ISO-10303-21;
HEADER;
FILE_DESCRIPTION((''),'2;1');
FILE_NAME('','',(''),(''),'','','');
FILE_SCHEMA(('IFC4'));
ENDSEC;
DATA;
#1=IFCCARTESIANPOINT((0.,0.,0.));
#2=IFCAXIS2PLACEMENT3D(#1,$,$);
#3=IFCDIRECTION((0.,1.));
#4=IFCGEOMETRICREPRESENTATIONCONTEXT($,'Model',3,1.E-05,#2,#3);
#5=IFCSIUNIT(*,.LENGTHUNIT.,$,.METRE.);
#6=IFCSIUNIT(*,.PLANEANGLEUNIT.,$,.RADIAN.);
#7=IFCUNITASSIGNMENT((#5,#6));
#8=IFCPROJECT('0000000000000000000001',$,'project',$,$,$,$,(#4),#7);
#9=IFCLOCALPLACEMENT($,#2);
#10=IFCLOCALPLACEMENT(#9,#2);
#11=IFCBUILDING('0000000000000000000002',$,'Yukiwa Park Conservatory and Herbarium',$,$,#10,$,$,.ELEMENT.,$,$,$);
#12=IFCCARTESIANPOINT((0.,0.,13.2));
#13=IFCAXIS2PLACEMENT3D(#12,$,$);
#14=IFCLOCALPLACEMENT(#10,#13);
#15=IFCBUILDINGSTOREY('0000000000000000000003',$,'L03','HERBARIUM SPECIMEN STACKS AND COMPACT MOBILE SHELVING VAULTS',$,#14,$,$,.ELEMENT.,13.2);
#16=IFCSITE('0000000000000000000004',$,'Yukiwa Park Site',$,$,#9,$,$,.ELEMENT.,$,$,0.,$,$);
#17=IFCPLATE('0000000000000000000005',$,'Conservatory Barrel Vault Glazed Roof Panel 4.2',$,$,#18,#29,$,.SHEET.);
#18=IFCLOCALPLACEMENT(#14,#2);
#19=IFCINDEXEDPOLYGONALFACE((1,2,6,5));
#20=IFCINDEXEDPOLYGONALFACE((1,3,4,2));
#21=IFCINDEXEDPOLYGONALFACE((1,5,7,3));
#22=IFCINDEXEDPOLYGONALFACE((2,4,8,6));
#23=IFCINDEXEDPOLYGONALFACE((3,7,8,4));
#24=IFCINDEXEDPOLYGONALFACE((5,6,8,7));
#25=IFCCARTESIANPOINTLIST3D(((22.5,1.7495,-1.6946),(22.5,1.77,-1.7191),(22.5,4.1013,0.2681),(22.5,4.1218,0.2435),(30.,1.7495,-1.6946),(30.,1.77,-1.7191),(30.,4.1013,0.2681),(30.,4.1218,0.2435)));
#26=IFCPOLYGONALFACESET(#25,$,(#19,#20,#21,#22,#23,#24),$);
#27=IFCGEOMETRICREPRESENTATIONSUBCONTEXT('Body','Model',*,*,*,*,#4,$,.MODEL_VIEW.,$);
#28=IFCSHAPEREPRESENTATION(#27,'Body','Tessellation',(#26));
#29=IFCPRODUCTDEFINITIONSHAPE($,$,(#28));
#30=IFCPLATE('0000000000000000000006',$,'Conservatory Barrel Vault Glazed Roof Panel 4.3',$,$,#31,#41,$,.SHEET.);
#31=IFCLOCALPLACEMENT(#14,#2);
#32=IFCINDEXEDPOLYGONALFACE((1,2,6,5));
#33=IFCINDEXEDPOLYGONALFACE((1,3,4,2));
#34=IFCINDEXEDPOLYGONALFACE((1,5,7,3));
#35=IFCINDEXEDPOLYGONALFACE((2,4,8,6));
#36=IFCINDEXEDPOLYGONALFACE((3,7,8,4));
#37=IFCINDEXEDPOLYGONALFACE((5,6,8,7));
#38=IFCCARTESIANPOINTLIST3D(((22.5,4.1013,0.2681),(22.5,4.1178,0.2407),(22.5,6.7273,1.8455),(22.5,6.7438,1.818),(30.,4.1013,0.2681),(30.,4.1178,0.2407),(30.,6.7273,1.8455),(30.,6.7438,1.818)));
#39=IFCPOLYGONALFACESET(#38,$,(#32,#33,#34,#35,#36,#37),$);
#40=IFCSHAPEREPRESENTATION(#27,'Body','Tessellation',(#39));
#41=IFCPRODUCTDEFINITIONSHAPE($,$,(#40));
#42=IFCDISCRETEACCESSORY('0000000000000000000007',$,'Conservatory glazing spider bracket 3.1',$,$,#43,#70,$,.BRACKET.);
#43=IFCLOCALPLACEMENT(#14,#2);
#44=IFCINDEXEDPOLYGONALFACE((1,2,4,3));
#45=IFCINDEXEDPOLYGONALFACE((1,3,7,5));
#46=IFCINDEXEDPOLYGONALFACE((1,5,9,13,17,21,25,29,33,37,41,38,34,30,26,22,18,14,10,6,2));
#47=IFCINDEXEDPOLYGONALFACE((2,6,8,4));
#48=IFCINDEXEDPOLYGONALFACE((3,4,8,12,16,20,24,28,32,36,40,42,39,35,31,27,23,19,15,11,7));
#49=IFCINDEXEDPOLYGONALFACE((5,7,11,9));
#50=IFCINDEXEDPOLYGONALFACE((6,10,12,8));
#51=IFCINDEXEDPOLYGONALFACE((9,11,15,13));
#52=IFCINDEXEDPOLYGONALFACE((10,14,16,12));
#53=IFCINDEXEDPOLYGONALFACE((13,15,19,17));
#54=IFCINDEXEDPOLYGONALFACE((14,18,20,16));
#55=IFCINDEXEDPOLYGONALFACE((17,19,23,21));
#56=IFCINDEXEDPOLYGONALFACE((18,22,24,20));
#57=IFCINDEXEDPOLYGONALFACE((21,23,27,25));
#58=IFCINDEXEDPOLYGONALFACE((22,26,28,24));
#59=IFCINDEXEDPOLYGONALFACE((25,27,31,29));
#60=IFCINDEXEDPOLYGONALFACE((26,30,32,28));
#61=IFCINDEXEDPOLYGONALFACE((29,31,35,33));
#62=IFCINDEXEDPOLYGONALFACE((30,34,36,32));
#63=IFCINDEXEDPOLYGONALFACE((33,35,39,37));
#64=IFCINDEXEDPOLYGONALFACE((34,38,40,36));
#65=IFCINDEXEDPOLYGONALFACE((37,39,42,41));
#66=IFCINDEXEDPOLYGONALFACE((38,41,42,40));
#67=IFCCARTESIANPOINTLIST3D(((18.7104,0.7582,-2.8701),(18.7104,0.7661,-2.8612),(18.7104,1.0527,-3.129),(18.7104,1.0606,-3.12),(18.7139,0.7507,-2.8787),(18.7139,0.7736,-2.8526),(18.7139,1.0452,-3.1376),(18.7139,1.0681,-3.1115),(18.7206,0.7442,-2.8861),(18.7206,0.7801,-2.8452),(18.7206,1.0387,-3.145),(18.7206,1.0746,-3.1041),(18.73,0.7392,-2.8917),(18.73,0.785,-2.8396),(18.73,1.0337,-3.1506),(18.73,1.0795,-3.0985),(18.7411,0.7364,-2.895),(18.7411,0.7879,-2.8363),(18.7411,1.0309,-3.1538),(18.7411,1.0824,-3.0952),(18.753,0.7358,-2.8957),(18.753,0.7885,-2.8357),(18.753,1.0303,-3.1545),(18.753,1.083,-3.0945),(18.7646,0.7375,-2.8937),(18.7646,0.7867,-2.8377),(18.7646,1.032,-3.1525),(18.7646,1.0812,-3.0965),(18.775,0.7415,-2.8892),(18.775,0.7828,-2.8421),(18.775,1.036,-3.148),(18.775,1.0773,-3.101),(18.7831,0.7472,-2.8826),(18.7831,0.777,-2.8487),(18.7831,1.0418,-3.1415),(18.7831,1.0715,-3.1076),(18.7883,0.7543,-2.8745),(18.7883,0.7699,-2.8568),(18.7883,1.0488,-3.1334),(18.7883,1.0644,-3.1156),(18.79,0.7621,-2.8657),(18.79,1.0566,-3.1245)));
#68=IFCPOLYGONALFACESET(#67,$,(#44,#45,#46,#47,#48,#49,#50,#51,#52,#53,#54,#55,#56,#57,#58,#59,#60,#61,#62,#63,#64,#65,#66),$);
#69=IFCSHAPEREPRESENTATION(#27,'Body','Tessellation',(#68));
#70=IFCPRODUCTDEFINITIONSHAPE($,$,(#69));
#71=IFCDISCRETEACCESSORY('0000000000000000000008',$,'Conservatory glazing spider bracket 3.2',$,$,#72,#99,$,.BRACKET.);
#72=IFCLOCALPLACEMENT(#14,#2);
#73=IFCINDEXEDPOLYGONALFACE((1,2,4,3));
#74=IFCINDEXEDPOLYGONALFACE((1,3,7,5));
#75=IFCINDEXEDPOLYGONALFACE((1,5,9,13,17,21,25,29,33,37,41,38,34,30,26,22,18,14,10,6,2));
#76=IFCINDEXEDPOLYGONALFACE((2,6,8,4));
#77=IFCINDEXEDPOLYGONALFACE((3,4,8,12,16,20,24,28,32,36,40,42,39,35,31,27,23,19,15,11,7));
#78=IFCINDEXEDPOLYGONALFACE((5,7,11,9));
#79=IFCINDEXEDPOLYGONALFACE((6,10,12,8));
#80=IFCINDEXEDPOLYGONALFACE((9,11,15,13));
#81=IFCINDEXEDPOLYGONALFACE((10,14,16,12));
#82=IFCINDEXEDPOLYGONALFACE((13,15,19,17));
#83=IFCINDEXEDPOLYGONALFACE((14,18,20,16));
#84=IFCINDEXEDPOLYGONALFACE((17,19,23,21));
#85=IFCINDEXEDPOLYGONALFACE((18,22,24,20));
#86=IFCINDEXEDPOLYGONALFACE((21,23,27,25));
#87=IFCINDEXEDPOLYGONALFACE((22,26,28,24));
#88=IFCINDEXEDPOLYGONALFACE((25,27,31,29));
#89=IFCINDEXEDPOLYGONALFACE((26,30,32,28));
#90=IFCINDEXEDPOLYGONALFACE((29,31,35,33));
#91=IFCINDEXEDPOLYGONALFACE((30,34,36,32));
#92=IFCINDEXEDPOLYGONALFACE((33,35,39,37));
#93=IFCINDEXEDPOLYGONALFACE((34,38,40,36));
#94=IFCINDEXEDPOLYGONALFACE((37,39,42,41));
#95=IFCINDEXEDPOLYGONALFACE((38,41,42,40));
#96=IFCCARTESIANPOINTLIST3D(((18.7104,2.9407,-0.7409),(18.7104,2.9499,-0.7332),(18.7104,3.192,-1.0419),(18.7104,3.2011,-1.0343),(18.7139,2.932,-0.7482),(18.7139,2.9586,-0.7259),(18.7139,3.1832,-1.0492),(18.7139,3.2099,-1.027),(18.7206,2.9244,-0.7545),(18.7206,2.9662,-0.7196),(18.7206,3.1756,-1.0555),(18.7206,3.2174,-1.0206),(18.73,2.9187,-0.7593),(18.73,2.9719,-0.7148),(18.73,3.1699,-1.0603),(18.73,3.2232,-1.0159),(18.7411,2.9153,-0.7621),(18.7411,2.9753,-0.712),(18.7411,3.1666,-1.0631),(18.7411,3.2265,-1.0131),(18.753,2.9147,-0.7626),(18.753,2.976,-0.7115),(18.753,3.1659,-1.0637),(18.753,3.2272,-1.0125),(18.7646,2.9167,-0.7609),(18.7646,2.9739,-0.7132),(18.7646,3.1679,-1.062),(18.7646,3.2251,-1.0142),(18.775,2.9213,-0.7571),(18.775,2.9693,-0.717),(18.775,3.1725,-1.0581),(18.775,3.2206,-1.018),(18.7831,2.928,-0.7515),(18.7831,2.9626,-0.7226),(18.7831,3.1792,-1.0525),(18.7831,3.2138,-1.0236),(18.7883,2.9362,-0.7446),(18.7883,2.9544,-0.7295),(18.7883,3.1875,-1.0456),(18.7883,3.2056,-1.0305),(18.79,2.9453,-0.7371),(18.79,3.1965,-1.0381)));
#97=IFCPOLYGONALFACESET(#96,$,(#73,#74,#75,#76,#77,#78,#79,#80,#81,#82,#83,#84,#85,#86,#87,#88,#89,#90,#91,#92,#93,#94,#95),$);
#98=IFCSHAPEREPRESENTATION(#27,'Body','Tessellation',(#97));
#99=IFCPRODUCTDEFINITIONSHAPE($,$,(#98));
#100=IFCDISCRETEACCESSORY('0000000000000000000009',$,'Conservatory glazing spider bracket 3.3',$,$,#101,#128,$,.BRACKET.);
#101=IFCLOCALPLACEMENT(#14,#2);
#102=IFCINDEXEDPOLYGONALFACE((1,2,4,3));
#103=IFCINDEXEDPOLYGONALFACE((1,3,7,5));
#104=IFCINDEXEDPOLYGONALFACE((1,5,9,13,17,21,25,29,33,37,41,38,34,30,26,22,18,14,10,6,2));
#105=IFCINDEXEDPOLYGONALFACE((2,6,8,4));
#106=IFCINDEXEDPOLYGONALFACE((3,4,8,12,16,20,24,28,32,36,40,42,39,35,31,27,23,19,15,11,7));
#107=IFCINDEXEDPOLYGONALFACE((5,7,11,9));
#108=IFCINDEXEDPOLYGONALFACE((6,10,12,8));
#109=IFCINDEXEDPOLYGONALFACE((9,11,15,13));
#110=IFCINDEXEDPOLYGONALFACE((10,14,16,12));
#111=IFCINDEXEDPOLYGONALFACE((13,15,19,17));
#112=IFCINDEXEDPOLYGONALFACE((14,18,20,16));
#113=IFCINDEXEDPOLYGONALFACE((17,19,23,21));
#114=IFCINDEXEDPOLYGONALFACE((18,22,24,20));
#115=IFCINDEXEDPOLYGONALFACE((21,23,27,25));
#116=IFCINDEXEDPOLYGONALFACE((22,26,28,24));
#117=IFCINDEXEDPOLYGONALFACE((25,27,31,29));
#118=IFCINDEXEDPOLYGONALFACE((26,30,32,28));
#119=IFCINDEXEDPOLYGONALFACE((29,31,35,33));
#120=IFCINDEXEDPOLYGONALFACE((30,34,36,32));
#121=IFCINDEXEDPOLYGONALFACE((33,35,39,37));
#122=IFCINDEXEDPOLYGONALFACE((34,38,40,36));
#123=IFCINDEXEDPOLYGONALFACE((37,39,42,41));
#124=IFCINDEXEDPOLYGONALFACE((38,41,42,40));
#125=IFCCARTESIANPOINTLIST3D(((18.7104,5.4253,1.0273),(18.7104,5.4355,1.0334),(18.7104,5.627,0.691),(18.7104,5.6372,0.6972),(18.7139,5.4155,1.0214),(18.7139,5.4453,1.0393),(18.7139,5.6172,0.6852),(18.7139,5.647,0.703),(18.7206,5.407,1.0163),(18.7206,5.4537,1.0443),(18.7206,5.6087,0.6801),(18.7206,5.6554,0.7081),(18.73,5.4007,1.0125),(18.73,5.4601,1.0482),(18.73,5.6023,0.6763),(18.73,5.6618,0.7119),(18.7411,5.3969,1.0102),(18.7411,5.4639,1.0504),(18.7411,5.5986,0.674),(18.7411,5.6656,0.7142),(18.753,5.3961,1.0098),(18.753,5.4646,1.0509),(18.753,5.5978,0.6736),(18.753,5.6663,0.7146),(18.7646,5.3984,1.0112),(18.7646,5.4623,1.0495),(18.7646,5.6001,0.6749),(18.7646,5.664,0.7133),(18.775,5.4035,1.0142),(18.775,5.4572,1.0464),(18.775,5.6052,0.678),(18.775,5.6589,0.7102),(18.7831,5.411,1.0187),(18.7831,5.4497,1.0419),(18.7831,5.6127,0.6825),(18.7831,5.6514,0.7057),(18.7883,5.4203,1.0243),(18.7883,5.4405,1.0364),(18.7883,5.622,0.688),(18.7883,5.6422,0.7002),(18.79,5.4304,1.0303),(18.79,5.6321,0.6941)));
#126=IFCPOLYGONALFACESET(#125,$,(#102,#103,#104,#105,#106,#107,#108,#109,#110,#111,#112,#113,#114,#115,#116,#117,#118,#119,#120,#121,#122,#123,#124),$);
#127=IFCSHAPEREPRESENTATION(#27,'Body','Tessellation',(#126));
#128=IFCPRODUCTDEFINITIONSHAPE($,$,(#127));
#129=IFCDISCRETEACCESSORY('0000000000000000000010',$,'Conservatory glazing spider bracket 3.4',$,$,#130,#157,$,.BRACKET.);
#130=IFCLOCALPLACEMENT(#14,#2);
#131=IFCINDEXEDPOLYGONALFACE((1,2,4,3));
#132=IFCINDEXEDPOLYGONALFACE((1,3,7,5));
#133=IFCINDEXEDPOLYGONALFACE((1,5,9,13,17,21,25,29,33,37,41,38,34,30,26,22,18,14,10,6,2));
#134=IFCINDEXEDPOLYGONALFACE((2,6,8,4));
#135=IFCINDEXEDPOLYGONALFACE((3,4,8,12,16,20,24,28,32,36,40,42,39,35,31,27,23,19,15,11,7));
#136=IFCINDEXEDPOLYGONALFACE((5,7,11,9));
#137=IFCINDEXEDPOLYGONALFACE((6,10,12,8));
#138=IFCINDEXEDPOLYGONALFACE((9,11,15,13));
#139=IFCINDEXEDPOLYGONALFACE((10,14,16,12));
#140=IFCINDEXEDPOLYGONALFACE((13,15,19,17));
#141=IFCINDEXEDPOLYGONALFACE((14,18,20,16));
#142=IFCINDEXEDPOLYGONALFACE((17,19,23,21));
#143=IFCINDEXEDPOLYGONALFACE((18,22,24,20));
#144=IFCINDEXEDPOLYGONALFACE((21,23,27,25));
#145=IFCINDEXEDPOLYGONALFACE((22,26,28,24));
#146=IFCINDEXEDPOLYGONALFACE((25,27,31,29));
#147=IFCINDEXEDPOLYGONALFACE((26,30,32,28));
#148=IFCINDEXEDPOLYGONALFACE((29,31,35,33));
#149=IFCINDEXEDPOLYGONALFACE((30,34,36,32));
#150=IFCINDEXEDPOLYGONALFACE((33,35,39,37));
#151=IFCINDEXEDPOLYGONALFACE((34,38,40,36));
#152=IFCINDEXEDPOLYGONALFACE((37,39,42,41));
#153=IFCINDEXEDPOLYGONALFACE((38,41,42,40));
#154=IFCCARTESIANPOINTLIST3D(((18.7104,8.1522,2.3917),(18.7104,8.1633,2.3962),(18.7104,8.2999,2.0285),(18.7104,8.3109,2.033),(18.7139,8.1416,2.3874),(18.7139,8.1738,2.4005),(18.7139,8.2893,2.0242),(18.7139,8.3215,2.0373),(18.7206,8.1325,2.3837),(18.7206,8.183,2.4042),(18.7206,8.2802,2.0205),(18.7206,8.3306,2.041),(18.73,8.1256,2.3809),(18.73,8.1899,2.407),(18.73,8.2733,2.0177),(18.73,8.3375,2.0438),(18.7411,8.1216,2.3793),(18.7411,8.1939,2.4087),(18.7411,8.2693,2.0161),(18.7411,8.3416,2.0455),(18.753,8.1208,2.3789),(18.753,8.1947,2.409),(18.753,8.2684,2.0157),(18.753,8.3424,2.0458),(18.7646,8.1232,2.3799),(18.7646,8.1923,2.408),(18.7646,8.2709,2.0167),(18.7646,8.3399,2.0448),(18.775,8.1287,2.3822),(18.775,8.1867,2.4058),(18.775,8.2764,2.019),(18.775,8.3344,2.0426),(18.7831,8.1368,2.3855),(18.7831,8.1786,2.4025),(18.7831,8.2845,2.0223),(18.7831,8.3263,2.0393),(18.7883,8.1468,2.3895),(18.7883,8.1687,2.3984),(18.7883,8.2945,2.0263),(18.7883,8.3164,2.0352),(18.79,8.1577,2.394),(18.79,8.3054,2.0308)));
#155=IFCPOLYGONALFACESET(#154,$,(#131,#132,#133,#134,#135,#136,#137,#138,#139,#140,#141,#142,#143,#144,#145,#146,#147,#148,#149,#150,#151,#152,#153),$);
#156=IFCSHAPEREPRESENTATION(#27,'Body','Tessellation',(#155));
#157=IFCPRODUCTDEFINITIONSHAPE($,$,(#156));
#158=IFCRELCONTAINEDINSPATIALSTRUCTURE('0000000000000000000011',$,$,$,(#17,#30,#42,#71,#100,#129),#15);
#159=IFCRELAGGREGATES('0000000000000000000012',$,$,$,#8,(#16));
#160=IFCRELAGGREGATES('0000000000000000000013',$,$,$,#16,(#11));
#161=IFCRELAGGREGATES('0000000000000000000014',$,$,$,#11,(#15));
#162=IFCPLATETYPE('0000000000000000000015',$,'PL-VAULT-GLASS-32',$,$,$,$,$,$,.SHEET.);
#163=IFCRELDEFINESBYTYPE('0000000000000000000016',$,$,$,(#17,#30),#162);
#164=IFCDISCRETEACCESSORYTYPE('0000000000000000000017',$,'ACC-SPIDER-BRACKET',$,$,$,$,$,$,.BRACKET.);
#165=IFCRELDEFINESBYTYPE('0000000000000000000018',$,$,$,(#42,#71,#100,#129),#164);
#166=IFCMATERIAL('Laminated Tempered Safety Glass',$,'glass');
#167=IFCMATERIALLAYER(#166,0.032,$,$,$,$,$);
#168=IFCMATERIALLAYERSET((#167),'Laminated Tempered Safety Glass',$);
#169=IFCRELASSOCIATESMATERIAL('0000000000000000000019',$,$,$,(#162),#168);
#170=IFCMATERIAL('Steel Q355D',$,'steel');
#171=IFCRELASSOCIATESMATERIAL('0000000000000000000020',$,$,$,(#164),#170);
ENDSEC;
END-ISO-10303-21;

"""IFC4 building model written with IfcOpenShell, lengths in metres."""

from ifc_helpers import new_model, si_unit, direction, frame, origin, origin_2d, place, context, subcontext, project, spatial, polyline, circle, outline, extrude, material, layer, layer_set, type_object, element, save


model = new_model("IFC4")

# Units and contexts
model_context = context("Model", 3, precision=1e-05, world=origin(), true_north=direction((0.0, 1.0)))
body_context = subcontext(model_context, "Body", "Model", "MODEL_VIEW")
ifc_project = project(units=[si_unit("LENGTHUNIT", "METRE"), si_unit("PLANEANGLEUNIT", "RADIAN")], contexts=[model_context])

# Site, building, storey
site_placement = place(None, origin())
site = spatial("IfcSite", under=ifc_project, at=site_placement, Name="Yukiwa Park Site", CompositionType="ELEMENT", RefElevation=0.0)
building_placement = place(site_placement, origin())
building = spatial("IfcBuilding", under=site, at=building_placement, Name="Yukiwa Park Conservatory and Herbarium", CompositionType="ELEMENT")
storey_placement = place(building_placement, frame((0.0, 0.0, 13.2)))
storey = spatial("IfcBuildingStorey", under=building, at=storey_placement, Name="L03", Description="HERBARIUM SPECIMEN STACKS AND COMPACT MOBILE SHELVING VAULTS", CompositionType="ELEMENT", Elevation=13.2)

# Plates
ifc_material_1 = material(Name="Laminated Tempered Safety Glass", Category="glass")
ifc_layer_1 = layer(ifc_material_1, 0.032)
ifc_layer_set_1 = layer_set([ifc_layer_1], Name="Laminated Tempered Safety Glass")
plate_type_1 = type_object("IfcPlateType", Name="PL-VAULT-GLASS-32", PredefinedType="SHEET", material=ifc_layer_set_1)
plate_1_placement = place(storey_placement, frame((22.5, 1.7495, -1.6946), z_axis=(0.0, -0.640725, 0.76777), x_axis=(1.0, 0.0, 0.0)))
element("IfcPlate", 1, at=plate_1_placement, inside=storey, type_object=plate_type_1, Name="Conservatory Barrel Vault Glazed Roof Panel 4.2", PredefinedType="SHEET", context=body_context, shape_type="SweptSolid", body=[
    extrude(outline(polyline([(0.0, 0.0), (7.5, 0.0), (7.5, 3.0632), (0.0, 3.0632), (0.0, 0.0)])), origin(), (0.0, 0.0, -1.0), 0.032),
])
plate_2_placement = place(storey_placement, frame((22.5, 4.1013, 0.2681), z_axis=(0.0, -0.514929, 0.857233), x_axis=(1.0, 0.0, 0.0)))
element("IfcPlate", 2, at=plate_2_placement, inside=storey, type_object=plate_type_1, Name="Conservatory Barrel Vault Glazed Roof Panel 4.3", PredefinedType="SHEET", context=body_context, shape_type="SweptSolid", body=[
    extrude(outline(polyline([(0.0, 0.0), (7.5, 0.0), (7.5, 3.0633), (0.0, 3.0633), (0.0, 0.0)])), origin(), (0.0, 0.0, -1.0), 0.032),
])

# Discrete accessories
ifc_material_2 = material(Name="Steel Q355D", Category="steel")
discrete_accessory_type = type_object("IfcDiscreteAccessoryType", Name="ACC-SPIDER-BRACKET", PredefinedType="BRACKET", material=ifc_material_2)
for number, where, z_axis, x_axis, name in (
    (3, (18.75, 1.0566, -3.1245), (0.0, -0.751109, 0.660178), (1.0, 0.0, 0.0), "Conservatory glazing spider bracket 3.1"),
    (4, (18.75, 3.1965, -1.0381), (0.0, -0.640735, 0.767762), (1.0, 0.0, 0.0), "Conservatory glazing spider bracket 3.2"),
    (5, (18.75, 5.6321, 0.6941), (0.0, -0.514404, 0.857548), (1.0, 0.0, 0.0), "Conservatory glazing spider bracket 3.3"),
    (6, (18.75, 8.3054, 2.0308), (0.0, -0.376644, 0.926358), (1.0, 0.0, 0.0), "Conservatory glazing spider bracket 3.4"),
):
    element("IfcDiscreteAccessory", number, at=place(storey_placement, frame(where, z_axis=z_axis, x_axis=x_axis)), inside=storey, type_object=discrete_accessory_type, Name=name, PredefinedType="BRACKET", context=body_context, shape_type="SweptSolid", body=[
        extrude(circle(Radius=0.04, at=origin_2d()), origin(), (0.0, 0.0, 1.0), 0.3921),
    ])

save(model, "model.ifc")
